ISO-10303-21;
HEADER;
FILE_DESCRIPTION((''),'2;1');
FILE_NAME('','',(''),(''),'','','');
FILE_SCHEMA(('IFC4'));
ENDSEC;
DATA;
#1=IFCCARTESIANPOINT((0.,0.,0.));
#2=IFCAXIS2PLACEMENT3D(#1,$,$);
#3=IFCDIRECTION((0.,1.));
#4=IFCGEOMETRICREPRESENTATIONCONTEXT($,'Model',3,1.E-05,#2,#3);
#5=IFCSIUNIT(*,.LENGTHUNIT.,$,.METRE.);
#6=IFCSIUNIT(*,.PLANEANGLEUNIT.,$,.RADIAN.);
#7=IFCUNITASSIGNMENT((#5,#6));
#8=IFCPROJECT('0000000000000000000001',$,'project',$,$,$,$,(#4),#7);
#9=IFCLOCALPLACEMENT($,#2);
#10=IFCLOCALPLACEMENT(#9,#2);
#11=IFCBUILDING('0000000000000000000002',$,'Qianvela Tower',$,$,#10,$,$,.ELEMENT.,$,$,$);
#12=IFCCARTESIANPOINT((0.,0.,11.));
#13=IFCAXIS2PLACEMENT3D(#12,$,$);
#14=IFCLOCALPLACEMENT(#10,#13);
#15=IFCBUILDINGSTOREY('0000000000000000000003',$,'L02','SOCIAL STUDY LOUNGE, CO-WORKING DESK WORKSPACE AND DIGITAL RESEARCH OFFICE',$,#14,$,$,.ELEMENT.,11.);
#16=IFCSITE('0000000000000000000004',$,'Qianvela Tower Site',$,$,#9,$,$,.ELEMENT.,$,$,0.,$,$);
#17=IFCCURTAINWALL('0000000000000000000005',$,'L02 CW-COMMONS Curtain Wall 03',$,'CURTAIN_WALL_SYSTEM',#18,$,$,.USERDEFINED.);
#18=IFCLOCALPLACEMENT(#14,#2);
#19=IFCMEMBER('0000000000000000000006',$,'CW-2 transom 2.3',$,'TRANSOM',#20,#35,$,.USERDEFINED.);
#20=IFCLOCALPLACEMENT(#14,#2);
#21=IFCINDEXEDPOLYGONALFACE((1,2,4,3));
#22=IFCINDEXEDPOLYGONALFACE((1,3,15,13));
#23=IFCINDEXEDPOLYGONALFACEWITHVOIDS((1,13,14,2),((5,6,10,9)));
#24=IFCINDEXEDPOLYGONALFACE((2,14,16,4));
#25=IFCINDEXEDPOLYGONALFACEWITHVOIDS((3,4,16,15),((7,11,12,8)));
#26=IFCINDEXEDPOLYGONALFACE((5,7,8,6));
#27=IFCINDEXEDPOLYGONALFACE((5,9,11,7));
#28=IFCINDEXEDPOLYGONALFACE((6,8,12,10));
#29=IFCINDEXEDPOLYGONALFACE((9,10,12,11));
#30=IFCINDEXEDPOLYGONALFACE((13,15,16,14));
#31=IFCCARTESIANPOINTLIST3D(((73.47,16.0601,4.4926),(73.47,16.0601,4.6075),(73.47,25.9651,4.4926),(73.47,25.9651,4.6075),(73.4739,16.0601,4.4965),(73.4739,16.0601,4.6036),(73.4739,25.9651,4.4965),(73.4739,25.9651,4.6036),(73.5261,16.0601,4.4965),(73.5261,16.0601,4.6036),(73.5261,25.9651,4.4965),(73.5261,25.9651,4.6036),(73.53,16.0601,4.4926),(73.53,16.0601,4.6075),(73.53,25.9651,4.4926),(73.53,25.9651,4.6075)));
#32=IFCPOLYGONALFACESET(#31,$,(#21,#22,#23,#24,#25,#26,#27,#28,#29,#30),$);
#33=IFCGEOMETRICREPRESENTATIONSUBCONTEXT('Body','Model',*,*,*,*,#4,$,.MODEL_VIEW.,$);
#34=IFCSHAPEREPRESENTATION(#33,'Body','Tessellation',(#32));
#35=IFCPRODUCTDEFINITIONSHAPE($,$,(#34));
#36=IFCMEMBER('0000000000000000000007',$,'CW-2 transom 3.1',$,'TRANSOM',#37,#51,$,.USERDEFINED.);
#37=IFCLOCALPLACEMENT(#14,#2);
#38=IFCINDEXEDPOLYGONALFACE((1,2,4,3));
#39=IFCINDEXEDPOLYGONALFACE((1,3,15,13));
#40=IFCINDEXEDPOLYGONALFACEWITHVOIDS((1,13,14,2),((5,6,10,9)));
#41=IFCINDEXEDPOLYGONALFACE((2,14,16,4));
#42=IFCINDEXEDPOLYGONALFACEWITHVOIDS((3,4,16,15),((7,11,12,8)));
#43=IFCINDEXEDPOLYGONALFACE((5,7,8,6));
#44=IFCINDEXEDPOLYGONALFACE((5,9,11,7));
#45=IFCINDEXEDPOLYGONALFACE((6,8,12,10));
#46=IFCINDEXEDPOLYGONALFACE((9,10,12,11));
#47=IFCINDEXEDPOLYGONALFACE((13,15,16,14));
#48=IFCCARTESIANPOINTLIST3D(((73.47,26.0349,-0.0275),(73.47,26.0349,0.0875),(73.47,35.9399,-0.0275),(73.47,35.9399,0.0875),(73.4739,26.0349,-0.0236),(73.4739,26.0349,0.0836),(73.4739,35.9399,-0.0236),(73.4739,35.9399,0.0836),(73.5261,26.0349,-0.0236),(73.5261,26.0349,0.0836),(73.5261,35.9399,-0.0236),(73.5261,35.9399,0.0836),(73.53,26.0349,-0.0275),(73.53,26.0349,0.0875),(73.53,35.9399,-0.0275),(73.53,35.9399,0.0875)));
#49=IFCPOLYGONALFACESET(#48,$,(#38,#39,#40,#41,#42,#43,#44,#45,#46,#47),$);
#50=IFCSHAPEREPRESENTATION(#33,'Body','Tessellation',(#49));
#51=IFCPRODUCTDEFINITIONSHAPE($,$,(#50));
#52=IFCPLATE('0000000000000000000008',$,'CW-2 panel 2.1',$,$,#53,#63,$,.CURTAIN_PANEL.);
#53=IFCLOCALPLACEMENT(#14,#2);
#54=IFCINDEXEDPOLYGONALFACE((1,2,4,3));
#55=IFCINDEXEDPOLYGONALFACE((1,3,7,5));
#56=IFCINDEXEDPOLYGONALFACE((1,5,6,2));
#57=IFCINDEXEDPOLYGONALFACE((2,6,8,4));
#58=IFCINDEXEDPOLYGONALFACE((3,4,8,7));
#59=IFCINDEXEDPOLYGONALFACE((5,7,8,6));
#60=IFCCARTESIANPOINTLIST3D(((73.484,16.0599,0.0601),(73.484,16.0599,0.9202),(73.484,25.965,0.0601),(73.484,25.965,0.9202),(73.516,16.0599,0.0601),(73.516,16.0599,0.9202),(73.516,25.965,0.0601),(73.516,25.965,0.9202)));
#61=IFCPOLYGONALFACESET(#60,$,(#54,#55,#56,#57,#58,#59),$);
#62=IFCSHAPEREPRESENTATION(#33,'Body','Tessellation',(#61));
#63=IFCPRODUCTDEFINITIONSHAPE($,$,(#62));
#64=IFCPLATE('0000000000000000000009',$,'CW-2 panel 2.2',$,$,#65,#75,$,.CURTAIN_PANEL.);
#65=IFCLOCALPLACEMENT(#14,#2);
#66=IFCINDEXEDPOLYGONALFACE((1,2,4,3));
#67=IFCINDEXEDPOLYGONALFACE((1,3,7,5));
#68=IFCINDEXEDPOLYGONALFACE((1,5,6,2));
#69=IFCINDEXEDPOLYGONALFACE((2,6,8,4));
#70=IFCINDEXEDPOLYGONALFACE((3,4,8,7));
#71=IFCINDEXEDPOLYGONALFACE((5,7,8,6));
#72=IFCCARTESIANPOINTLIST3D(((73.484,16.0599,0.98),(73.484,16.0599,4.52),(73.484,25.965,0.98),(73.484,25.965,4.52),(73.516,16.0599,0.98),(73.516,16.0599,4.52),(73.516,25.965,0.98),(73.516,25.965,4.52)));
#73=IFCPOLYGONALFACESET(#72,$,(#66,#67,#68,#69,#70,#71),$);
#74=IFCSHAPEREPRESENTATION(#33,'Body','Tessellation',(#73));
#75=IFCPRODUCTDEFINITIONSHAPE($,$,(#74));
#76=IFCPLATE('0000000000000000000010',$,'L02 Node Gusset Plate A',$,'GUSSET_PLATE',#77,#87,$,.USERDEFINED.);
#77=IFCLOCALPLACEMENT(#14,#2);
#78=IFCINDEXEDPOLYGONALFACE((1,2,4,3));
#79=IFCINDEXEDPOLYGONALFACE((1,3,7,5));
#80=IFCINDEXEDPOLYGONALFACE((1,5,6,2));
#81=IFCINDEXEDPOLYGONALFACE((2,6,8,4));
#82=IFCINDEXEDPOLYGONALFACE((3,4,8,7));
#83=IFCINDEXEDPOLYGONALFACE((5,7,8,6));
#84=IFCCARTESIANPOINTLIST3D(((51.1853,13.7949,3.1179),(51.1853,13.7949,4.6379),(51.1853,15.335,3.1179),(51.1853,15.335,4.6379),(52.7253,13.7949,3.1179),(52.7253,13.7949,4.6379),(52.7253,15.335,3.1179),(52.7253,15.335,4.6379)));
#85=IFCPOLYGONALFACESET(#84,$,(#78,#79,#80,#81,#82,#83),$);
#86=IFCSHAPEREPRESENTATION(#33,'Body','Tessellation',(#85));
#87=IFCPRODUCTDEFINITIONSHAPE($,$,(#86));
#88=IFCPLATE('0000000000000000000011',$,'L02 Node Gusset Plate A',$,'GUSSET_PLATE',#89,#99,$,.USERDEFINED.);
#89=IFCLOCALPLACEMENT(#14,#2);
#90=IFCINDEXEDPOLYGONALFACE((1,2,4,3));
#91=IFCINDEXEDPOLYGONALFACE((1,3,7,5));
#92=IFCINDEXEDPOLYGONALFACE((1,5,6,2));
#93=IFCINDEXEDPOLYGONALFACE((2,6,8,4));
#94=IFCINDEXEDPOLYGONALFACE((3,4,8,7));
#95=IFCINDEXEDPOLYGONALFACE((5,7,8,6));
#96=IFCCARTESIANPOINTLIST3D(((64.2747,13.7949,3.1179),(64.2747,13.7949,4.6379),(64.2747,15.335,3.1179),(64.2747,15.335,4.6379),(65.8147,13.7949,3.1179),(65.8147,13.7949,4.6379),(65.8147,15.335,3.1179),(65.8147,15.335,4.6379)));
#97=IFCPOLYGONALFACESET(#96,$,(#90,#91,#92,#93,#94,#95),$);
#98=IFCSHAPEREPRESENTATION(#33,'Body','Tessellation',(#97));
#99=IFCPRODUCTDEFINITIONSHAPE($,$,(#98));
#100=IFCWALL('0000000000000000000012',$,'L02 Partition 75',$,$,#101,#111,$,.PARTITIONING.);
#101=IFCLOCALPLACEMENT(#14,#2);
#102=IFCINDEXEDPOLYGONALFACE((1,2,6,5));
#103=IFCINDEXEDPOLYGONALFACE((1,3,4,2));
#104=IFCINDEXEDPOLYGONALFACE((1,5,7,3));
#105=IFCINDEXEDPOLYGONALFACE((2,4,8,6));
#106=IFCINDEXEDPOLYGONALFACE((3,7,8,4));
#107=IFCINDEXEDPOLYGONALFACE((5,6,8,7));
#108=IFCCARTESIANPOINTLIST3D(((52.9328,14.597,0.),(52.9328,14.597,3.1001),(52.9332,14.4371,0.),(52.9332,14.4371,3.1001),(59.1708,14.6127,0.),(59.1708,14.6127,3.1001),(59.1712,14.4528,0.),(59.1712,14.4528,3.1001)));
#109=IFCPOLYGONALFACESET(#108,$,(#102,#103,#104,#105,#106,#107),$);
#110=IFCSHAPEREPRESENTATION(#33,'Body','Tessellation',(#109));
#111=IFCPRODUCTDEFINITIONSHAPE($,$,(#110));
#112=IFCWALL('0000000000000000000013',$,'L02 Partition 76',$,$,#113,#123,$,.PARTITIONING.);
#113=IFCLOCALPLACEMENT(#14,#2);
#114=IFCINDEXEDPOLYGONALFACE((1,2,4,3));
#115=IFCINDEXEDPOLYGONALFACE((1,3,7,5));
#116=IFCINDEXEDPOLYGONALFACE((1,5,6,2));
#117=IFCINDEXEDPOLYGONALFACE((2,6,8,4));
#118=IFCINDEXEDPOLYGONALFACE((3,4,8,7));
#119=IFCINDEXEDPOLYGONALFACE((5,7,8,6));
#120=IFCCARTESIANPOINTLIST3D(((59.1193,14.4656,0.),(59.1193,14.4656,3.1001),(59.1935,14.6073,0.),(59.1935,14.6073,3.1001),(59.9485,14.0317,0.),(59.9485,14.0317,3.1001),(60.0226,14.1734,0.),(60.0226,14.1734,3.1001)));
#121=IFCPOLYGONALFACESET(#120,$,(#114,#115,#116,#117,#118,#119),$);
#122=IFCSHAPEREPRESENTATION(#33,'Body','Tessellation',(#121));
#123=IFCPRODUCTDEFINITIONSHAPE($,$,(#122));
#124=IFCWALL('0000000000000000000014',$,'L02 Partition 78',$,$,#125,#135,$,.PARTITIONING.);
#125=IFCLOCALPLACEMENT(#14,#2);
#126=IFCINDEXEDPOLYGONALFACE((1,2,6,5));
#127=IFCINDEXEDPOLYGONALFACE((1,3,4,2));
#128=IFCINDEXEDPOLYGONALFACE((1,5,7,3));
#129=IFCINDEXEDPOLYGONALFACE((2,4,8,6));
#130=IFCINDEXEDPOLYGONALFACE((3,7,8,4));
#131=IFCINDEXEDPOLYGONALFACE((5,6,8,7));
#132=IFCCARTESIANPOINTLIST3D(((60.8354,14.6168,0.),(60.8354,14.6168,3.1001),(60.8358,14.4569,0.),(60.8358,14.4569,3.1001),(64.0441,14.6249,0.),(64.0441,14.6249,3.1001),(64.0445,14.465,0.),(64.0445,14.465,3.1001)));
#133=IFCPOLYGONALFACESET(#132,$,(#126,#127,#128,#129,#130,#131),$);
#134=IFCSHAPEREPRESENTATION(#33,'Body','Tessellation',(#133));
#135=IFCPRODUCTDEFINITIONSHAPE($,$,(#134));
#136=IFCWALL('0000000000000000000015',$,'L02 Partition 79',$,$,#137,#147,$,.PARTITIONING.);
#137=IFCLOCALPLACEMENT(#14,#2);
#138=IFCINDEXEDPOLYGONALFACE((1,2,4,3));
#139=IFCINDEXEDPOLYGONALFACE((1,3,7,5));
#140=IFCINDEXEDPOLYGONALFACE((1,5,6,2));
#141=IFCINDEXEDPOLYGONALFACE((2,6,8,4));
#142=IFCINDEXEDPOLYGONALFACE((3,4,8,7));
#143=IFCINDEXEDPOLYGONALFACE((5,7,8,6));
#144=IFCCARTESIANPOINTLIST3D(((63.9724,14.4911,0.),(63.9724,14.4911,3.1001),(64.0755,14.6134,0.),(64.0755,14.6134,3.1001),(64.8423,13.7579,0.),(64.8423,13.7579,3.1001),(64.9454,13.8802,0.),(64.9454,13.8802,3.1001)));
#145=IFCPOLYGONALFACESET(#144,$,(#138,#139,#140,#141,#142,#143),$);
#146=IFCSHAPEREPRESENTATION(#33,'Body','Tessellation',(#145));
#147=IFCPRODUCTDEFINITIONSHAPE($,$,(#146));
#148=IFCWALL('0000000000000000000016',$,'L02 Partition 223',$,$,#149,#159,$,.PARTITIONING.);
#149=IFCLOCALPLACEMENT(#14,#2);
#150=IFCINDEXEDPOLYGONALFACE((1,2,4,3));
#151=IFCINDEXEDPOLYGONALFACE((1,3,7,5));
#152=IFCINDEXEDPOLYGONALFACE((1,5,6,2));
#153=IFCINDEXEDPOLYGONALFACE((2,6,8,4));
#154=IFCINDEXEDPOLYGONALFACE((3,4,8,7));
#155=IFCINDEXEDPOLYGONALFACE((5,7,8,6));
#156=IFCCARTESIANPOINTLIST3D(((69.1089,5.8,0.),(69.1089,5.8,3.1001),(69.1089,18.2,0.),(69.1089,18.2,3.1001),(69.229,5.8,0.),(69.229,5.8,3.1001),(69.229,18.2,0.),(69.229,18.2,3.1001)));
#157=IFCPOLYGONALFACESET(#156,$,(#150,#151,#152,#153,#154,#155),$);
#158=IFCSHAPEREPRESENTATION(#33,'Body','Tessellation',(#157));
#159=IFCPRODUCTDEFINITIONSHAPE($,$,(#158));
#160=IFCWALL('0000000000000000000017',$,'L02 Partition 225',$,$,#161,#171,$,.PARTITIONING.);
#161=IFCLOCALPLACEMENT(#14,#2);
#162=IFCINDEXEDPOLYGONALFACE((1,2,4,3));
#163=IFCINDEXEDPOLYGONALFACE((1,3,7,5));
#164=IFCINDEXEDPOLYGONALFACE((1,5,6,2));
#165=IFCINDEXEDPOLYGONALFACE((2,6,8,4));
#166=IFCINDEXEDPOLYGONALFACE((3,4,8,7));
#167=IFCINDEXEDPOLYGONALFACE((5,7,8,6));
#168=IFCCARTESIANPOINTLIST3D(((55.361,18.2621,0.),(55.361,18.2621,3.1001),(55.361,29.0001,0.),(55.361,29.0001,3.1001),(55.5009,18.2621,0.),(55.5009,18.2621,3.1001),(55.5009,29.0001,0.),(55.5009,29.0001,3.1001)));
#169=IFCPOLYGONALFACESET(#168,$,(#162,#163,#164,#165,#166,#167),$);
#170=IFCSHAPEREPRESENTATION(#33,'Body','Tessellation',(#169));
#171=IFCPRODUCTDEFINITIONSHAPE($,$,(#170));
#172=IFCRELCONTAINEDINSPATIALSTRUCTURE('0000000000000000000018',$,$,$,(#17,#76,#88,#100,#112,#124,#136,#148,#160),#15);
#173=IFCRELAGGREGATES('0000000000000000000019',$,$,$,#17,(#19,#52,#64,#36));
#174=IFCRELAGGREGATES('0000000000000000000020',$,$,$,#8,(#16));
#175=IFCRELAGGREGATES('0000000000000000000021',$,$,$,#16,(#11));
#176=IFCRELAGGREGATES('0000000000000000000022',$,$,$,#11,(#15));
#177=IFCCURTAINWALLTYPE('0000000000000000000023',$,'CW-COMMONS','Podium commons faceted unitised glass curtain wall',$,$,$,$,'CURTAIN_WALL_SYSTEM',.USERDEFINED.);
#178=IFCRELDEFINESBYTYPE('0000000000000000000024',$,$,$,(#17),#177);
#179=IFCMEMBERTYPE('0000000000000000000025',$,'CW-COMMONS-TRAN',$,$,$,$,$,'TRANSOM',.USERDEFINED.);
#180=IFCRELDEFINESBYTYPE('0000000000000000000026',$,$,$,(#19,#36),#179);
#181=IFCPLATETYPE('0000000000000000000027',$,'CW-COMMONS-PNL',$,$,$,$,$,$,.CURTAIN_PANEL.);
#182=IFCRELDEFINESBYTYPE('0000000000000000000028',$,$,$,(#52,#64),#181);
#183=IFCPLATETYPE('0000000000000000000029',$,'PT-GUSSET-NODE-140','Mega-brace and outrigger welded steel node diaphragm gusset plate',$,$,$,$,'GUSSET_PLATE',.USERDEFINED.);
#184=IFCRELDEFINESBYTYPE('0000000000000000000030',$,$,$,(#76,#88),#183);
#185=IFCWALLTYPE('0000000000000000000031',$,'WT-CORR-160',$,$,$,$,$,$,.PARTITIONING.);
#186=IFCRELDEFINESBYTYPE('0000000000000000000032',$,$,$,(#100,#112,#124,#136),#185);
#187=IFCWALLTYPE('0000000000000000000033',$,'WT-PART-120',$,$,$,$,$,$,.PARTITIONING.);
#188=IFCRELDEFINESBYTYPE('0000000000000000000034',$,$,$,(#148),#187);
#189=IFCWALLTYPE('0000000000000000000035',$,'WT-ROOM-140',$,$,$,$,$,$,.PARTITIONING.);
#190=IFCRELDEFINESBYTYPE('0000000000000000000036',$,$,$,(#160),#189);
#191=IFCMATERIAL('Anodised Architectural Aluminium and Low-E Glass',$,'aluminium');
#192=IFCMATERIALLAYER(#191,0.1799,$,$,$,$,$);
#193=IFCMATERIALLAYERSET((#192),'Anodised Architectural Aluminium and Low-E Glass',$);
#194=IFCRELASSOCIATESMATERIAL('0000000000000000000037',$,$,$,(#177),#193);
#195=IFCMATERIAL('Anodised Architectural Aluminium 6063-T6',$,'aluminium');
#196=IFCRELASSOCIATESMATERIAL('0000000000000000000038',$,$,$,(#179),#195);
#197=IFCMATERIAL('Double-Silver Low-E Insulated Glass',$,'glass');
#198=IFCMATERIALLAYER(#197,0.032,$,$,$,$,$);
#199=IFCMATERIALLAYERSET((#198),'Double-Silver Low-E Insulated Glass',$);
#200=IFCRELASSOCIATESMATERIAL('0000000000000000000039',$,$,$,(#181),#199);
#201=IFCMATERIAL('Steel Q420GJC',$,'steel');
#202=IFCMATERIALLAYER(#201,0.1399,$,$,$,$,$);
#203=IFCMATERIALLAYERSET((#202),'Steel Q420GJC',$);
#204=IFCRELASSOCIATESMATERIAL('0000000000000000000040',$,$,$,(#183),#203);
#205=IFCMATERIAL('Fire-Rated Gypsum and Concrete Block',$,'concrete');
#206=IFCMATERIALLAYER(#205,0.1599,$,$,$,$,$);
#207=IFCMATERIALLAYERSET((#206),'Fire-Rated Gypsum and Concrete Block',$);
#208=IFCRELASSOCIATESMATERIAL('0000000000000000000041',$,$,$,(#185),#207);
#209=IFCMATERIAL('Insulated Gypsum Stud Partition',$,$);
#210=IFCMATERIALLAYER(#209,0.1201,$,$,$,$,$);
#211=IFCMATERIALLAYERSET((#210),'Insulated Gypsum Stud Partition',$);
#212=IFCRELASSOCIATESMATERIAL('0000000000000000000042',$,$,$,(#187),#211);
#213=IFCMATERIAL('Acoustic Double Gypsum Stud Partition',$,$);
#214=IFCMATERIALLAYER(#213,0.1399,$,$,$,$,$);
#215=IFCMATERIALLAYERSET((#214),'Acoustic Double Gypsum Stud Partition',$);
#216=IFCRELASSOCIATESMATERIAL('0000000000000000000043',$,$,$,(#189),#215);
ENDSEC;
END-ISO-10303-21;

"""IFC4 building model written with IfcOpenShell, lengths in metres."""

from ifc_helpers import new_model, si_unit, direction, frame, frame_2d, origin, origin_2d, place, context, subcontext, project, spatial, rectangle, hollow_rectangle, extrude, material, layer, layer_set, material_profile, profile_set, type_object, element, aggregate, save


model = new_model("IFC4")

# Units and contexts
model_context = context("Model", 3, precision=1e-05, world=origin(), true_north=direction((0.0, 1.0)))
body_context = subcontext(model_context, "Body", "Model", "MODEL_VIEW")
ifc_project = project(units=[si_unit("LENGTHUNIT", "METRE"), si_unit("PLANEANGLEUNIT", "RADIAN")], contexts=[model_context])

# Site, building, storey
site_placement = place(None, origin())
site = spatial("IfcSite", under=ifc_project, at=site_placement, Name="Qianvela Tower Site", CompositionType="ELEMENT", RefElevation=0.0)
building_placement = place(site_placement, origin())
building = spatial("IfcBuilding", under=site, at=building_placement, Name="Qianvela Tower", CompositionType="ELEMENT")
storey_placement = place(building_placement, frame((0.0, 0.0, 11.0)))
storey = spatial("IfcBuildingStorey", under=building, at=storey_placement, Name="L02", Description="SOCIAL STUDY LOUNGE, CO-WORKING DESK WORKSPACE AND DIGITAL RESEARCH OFFICE", CompositionType="ELEMENT", Elevation=11.0)

# Curtain wall, members, plates
ifc_material_1 = material(Name="Anodised Architectural Aluminium and Low-E Glass", Category="aluminium")
ifc_layer_1 = layer(ifc_material_1, 0.1799)
ifc_layer_set_1 = layer_set([ifc_layer_1], Name="Anodised Architectural Aluminium and Low-E Glass")
curtain_wall_type = type_object("IfcCurtainWallType", Name="CW-COMMONS", Description="Podium commons faceted unitised glass curtain wall", ElementType="CURTAIN_WALL_SYSTEM", PredefinedType="USERDEFINED", material=ifc_layer_set_1)
curtain_wall_placement = place(storey_placement, origin())
curtain_wall = element("IfcCurtainWall", 1, at=curtain_wall_placement, inside=storey, type_object=curtain_wall_type, Name="L02 CW-COMMONS Curtain Wall 03", ObjectType="CURTAIN_WALL_SYSTEM", PredefinedType="USERDEFINED")
ifc_material_2 = material(Name="Anodised Architectural Aluminium 6063-T6", Category="aluminium")
ifc_material_profile_1 = material_profile(ifc_material_2, hollow_rectangle(XDim=0.0601, YDim=0.115, WallThickness=0.0039, at=origin_2d()), Name="ALU-TRAN-60x115")
ifc_profile_set_1 = profile_set([ifc_material_profile_1], Name="Anodised Architectural Aluminium 6063-T6")
member_type_1 = type_object("IfcMemberType", Name="CW-COMMONS-TRAN", ElementType="TRANSOM", PredefinedType="USERDEFINED", material=ifc_profile_set_1)
member_1_placement = place(storey_placement, frame((73.5, 16.0601, 4.55), z_axis=(0.0, 1.0, 0.0), x_axis=(-1.0, 0.0, 0.0)))
member_1 = element("IfcMember", 2, at=member_1_placement, type_object=member_type_1, Name="CW-2 transom 2.3", ObjectType="TRANSOM", PredefinedType="USERDEFINED", context=body_context, shape_type="SweptSolid", body=[
    extrude(hollow_rectangle(XDim=0.0601, YDim=0.115, WallThickness=0.0039, at=origin_2d()), origin(), (0.0, 0.0, 1.0), 9.905),
])
member_2_placement = place(storey_placement, frame((73.5, 26.0349, 0.03), z_axis=(0.0, 1.0, 0.0), x_axis=(-1.0, 0.0, 0.0)))
member_2 = element("IfcMember", 3, at=member_2_placement, type_object=member_type_1, Name="CW-2 transom 3.1", ObjectType="TRANSOM", PredefinedType="USERDEFINED", context=body_context, shape_type="SweptSolid", body=[
    extrude(hollow_rectangle(XDim=0.0601, YDim=0.115, WallThickness=0.0039, at=origin_2d()), origin(), (0.0, 0.0, 1.0), 9.905),
])
ifc_material_3 = material(Name="Double-Silver Low-E Insulated Glass", Category="glass")
ifc_layer_2 = layer(ifc_material_3, 0.032)
ifc_layer_set_2 = layer_set([ifc_layer_2], Name="Double-Silver Low-E Insulated Glass")
plate_type_1 = type_object("IfcPlateType", Name="CW-COMMONS-PNL", PredefinedType="CURTAIN_PANEL", material=ifc_layer_set_2)
plate_1_placement = place(storey_placement, frame((73.5, 21.0125, 0.0601), z_axis=(0.0, 0.0, 1.0), x_axis=(0.0, 1.0, 0.0)))
plate_1 = element("IfcPlate", 4, at=plate_1_placement, type_object=plate_type_1, Name="CW-2 panel 2.1", PredefinedType="CURTAIN_PANEL", context=body_context, shape_type="SweptSolid", body=[
    extrude(rectangle(XDim=9.905, YDim=0.032, at=origin_2d()), origin(), (0.0, 0.0, 1.0), 0.8601),
])
plate_2_placement = place(storey_placement, frame((73.5, 21.0125, 0.98), z_axis=(0.0, 0.0, 1.0), x_axis=(0.0, 1.0, 0.0)))
plate_2 = element("IfcPlate", 5, at=plate_2_placement, type_object=plate_type_1, Name="CW-2 panel 2.2", PredefinedType="CURTAIN_PANEL", context=body_context, shape_type="SweptSolid", body=[
    extrude(rectangle(XDim=9.905, YDim=0.032, at=origin_2d()), origin(), (0.0, 0.0, 1.0), 3.54),
])
aggregate(curtain_wall, [member_1, plate_1, plate_2, member_2])

# Plates
ifc_material_4 = material(Name="Steel Q420GJC", Category="steel")
ifc_layer_3 = layer(ifc_material_4, 0.1399)
ifc_layer_set_3 = layer_set([ifc_layer_3], Name="Steel Q420GJC")
plate_type_2 = type_object("IfcPlateType", Name="PT-GUSSET-NODE-140", Description="Mega-brace and outrigger welded steel node diaphragm gusset plate", ElementType="GUSSET_PLATE", PredefinedType="USERDEFINED", material=ifc_layer_set_3)
for number, where, z_axis, x_axis, name in (
    (6, (51.9553, 14.5649, 3.1179), (0.0, 0.0, 1.0), (1.0, 0.0, 0.0), "L02 Node Gusset Plate A"),
    (7, (65.0447, 14.5649, 3.1179), (0.0, 0.0, 1.0), (1.0, 0.0, 0.0), "L02 Node Gusset Plate A"),
):
    element("IfcPlate", number, at=place(storey_placement, frame(where, z_axis=z_axis, x_axis=x_axis)), inside=storey, type_object=plate_type_2, Name=name, ObjectType="GUSSET_PLATE", PredefinedType="USERDEFINED", context=body_context, shape_type="SweptSolid", body=[
        extrude(rectangle(XDim=1.54, YDim=1.54, at=origin_2d()), origin(), (0.0, 0.0, 1.0), 1.52),
    ])

# Walls
ifc_material_5 = material(Name="Fire-Rated Gypsum and Concrete Block", Category="concrete")
ifc_layer_4 = layer(ifc_material_5, 0.1599)
ifc_layer_set_4 = layer_set([ifc_layer_4], Name="Fire-Rated Gypsum and Concrete Block")
wall_type_1 = type_object("IfcWallType", Name="WT-CORR-160", PredefinedType="PARTITIONING", material=ifc_layer_set_4)
wall_1_placement = place(storey_placement, frame((52.9329, 14.5171, 0.0), z_axis=(0.0, 0.0, 1.0), x_axis=(0.999997, 0.002505, 0.0)))
element("IfcWall", 8, at=wall_1_placement, inside=storey, type_object=wall_type_1, Name="L02 Partition 75", PredefinedType="PARTITIONING", context=body_context, shape_type="SweptSolid", body=[
    extrude(rectangle(XDim=6.238, YDim=0.1599, at=frame_2d((3.1191, 0.0))), origin(), (0.0, 0.0, 1.0), 3.1001),
])
wall_2_placement = place(storey_placement, frame((59.1565, 14.5364, 0.0), z_axis=(0.0, 0.0, 1.0), x_axis=(0.886031, -0.463627, 0.0)))
element("IfcWall", 9, at=wall_2_placement, inside=storey, type_object=wall_type_1, Name="L02 Partition 76", PredefinedType="PARTITIONING", context=body_context, shape_type="SweptSolid", body=[
    extrude(rectangle(XDim=0.9358, YDim=0.1599, at=frame_2d((0.4678, 0.0))), origin(), (0.0, 0.0, 1.0), 3.1001),
])
wall_3_placement = place(storey_placement, frame((60.8354, 14.5369, 0.0), z_axis=(0.0, 0.0, 1.0), x_axis=(0.999997, 0.002511, 0.0)))
element("IfcWall", 10, at=wall_3_placement, inside=storey, type_object=wall_type_1, Name="L02 Partition 78", PredefinedType="PARTITIONING", context=body_context, shape_type="SweptSolid", body=[
    extrude(rectangle(XDim=3.2087, YDim=0.1599, at=frame_2d((1.6045, 0.0))), origin(), (0.0, 0.0, 1.0), 3.1001),
])
wall_4_placement = place(storey_placement, frame((64.0239, 14.5522, 0.0), z_axis=(0.0, 0.0, 1.0), x_axis=(0.764638, -0.64446, 0.0)))
element("IfcWall", 11, at=wall_4_placement, inside=storey, type_object=wall_type_1, Name="L02 Partition 79", PredefinedType="PARTITIONING", context=body_context, shape_type="SweptSolid", body=[
    extrude(rectangle(XDim=1.1377, YDim=0.1599, at=frame_2d((0.5688, 0.0))), origin(), (0.0, 0.0, 1.0), 3.1001),
])
ifc_material_6 = material(Name="Insulated Gypsum Stud Partition")
ifc_layer_5 = layer(ifc_material_6, 0.1201)
ifc_layer_set_5 = layer_set([ifc_layer_5], Name="Insulated Gypsum Stud Partition")
wall_type_2 = type_object("IfcWallType", Name="WT-PART-120", PredefinedType="PARTITIONING", material=ifc_layer_set_5)
wall_5_placement = place(storey_placement, frame((69.1689, 18.2, 0.0), z_axis=(0.0, 0.0, 1.0), x_axis=(0.0, -1.0, 0.0)))
element("IfcWall", 12, at=wall_5_placement, inside=storey, type_object=wall_type_2, Name="L02 Partition 223", PredefinedType="PARTITIONING", context=body_context, shape_type="SweptSolid", body=[
    extrude(rectangle(XDim=12.3999, YDim=0.1201, at=frame_2d((6.2, 0.0))), origin(), (0.0, 0.0, 1.0), 3.1001),
])
ifc_material_7 = material(Name="Acoustic Double Gypsum Stud Partition")
ifc_layer_6 = layer(ifc_material_7, 0.1399)
ifc_layer_set_6 = layer_set([ifc_layer_6], Name="Acoustic Double Gypsum Stud Partition")
wall_type_3 = type_object("IfcWallType", Name="WT-ROOM-140", PredefinedType="PARTITIONING", material=ifc_layer_set_6)
wall_6_placement = place(storey_placement, frame((55.4309, 18.262, 0.0), z_axis=(0.0, 0.0, 1.0), x_axis=(0.0, 1.0, 0.0)))
element("IfcWall", 13, at=wall_6_placement, inside=storey, type_object=wall_type_3, Name="L02 Partition 225", PredefinedType="PARTITIONING", context=body_context, shape_type="SweptSolid", body=[
    extrude(rectangle(XDim=10.738, YDim=0.1399, at=frame_2d((5.3691, 0.0))), origin(), (0.0, 0.0, 1.0), 3.1001),
])

save(model, "model.ifc")
